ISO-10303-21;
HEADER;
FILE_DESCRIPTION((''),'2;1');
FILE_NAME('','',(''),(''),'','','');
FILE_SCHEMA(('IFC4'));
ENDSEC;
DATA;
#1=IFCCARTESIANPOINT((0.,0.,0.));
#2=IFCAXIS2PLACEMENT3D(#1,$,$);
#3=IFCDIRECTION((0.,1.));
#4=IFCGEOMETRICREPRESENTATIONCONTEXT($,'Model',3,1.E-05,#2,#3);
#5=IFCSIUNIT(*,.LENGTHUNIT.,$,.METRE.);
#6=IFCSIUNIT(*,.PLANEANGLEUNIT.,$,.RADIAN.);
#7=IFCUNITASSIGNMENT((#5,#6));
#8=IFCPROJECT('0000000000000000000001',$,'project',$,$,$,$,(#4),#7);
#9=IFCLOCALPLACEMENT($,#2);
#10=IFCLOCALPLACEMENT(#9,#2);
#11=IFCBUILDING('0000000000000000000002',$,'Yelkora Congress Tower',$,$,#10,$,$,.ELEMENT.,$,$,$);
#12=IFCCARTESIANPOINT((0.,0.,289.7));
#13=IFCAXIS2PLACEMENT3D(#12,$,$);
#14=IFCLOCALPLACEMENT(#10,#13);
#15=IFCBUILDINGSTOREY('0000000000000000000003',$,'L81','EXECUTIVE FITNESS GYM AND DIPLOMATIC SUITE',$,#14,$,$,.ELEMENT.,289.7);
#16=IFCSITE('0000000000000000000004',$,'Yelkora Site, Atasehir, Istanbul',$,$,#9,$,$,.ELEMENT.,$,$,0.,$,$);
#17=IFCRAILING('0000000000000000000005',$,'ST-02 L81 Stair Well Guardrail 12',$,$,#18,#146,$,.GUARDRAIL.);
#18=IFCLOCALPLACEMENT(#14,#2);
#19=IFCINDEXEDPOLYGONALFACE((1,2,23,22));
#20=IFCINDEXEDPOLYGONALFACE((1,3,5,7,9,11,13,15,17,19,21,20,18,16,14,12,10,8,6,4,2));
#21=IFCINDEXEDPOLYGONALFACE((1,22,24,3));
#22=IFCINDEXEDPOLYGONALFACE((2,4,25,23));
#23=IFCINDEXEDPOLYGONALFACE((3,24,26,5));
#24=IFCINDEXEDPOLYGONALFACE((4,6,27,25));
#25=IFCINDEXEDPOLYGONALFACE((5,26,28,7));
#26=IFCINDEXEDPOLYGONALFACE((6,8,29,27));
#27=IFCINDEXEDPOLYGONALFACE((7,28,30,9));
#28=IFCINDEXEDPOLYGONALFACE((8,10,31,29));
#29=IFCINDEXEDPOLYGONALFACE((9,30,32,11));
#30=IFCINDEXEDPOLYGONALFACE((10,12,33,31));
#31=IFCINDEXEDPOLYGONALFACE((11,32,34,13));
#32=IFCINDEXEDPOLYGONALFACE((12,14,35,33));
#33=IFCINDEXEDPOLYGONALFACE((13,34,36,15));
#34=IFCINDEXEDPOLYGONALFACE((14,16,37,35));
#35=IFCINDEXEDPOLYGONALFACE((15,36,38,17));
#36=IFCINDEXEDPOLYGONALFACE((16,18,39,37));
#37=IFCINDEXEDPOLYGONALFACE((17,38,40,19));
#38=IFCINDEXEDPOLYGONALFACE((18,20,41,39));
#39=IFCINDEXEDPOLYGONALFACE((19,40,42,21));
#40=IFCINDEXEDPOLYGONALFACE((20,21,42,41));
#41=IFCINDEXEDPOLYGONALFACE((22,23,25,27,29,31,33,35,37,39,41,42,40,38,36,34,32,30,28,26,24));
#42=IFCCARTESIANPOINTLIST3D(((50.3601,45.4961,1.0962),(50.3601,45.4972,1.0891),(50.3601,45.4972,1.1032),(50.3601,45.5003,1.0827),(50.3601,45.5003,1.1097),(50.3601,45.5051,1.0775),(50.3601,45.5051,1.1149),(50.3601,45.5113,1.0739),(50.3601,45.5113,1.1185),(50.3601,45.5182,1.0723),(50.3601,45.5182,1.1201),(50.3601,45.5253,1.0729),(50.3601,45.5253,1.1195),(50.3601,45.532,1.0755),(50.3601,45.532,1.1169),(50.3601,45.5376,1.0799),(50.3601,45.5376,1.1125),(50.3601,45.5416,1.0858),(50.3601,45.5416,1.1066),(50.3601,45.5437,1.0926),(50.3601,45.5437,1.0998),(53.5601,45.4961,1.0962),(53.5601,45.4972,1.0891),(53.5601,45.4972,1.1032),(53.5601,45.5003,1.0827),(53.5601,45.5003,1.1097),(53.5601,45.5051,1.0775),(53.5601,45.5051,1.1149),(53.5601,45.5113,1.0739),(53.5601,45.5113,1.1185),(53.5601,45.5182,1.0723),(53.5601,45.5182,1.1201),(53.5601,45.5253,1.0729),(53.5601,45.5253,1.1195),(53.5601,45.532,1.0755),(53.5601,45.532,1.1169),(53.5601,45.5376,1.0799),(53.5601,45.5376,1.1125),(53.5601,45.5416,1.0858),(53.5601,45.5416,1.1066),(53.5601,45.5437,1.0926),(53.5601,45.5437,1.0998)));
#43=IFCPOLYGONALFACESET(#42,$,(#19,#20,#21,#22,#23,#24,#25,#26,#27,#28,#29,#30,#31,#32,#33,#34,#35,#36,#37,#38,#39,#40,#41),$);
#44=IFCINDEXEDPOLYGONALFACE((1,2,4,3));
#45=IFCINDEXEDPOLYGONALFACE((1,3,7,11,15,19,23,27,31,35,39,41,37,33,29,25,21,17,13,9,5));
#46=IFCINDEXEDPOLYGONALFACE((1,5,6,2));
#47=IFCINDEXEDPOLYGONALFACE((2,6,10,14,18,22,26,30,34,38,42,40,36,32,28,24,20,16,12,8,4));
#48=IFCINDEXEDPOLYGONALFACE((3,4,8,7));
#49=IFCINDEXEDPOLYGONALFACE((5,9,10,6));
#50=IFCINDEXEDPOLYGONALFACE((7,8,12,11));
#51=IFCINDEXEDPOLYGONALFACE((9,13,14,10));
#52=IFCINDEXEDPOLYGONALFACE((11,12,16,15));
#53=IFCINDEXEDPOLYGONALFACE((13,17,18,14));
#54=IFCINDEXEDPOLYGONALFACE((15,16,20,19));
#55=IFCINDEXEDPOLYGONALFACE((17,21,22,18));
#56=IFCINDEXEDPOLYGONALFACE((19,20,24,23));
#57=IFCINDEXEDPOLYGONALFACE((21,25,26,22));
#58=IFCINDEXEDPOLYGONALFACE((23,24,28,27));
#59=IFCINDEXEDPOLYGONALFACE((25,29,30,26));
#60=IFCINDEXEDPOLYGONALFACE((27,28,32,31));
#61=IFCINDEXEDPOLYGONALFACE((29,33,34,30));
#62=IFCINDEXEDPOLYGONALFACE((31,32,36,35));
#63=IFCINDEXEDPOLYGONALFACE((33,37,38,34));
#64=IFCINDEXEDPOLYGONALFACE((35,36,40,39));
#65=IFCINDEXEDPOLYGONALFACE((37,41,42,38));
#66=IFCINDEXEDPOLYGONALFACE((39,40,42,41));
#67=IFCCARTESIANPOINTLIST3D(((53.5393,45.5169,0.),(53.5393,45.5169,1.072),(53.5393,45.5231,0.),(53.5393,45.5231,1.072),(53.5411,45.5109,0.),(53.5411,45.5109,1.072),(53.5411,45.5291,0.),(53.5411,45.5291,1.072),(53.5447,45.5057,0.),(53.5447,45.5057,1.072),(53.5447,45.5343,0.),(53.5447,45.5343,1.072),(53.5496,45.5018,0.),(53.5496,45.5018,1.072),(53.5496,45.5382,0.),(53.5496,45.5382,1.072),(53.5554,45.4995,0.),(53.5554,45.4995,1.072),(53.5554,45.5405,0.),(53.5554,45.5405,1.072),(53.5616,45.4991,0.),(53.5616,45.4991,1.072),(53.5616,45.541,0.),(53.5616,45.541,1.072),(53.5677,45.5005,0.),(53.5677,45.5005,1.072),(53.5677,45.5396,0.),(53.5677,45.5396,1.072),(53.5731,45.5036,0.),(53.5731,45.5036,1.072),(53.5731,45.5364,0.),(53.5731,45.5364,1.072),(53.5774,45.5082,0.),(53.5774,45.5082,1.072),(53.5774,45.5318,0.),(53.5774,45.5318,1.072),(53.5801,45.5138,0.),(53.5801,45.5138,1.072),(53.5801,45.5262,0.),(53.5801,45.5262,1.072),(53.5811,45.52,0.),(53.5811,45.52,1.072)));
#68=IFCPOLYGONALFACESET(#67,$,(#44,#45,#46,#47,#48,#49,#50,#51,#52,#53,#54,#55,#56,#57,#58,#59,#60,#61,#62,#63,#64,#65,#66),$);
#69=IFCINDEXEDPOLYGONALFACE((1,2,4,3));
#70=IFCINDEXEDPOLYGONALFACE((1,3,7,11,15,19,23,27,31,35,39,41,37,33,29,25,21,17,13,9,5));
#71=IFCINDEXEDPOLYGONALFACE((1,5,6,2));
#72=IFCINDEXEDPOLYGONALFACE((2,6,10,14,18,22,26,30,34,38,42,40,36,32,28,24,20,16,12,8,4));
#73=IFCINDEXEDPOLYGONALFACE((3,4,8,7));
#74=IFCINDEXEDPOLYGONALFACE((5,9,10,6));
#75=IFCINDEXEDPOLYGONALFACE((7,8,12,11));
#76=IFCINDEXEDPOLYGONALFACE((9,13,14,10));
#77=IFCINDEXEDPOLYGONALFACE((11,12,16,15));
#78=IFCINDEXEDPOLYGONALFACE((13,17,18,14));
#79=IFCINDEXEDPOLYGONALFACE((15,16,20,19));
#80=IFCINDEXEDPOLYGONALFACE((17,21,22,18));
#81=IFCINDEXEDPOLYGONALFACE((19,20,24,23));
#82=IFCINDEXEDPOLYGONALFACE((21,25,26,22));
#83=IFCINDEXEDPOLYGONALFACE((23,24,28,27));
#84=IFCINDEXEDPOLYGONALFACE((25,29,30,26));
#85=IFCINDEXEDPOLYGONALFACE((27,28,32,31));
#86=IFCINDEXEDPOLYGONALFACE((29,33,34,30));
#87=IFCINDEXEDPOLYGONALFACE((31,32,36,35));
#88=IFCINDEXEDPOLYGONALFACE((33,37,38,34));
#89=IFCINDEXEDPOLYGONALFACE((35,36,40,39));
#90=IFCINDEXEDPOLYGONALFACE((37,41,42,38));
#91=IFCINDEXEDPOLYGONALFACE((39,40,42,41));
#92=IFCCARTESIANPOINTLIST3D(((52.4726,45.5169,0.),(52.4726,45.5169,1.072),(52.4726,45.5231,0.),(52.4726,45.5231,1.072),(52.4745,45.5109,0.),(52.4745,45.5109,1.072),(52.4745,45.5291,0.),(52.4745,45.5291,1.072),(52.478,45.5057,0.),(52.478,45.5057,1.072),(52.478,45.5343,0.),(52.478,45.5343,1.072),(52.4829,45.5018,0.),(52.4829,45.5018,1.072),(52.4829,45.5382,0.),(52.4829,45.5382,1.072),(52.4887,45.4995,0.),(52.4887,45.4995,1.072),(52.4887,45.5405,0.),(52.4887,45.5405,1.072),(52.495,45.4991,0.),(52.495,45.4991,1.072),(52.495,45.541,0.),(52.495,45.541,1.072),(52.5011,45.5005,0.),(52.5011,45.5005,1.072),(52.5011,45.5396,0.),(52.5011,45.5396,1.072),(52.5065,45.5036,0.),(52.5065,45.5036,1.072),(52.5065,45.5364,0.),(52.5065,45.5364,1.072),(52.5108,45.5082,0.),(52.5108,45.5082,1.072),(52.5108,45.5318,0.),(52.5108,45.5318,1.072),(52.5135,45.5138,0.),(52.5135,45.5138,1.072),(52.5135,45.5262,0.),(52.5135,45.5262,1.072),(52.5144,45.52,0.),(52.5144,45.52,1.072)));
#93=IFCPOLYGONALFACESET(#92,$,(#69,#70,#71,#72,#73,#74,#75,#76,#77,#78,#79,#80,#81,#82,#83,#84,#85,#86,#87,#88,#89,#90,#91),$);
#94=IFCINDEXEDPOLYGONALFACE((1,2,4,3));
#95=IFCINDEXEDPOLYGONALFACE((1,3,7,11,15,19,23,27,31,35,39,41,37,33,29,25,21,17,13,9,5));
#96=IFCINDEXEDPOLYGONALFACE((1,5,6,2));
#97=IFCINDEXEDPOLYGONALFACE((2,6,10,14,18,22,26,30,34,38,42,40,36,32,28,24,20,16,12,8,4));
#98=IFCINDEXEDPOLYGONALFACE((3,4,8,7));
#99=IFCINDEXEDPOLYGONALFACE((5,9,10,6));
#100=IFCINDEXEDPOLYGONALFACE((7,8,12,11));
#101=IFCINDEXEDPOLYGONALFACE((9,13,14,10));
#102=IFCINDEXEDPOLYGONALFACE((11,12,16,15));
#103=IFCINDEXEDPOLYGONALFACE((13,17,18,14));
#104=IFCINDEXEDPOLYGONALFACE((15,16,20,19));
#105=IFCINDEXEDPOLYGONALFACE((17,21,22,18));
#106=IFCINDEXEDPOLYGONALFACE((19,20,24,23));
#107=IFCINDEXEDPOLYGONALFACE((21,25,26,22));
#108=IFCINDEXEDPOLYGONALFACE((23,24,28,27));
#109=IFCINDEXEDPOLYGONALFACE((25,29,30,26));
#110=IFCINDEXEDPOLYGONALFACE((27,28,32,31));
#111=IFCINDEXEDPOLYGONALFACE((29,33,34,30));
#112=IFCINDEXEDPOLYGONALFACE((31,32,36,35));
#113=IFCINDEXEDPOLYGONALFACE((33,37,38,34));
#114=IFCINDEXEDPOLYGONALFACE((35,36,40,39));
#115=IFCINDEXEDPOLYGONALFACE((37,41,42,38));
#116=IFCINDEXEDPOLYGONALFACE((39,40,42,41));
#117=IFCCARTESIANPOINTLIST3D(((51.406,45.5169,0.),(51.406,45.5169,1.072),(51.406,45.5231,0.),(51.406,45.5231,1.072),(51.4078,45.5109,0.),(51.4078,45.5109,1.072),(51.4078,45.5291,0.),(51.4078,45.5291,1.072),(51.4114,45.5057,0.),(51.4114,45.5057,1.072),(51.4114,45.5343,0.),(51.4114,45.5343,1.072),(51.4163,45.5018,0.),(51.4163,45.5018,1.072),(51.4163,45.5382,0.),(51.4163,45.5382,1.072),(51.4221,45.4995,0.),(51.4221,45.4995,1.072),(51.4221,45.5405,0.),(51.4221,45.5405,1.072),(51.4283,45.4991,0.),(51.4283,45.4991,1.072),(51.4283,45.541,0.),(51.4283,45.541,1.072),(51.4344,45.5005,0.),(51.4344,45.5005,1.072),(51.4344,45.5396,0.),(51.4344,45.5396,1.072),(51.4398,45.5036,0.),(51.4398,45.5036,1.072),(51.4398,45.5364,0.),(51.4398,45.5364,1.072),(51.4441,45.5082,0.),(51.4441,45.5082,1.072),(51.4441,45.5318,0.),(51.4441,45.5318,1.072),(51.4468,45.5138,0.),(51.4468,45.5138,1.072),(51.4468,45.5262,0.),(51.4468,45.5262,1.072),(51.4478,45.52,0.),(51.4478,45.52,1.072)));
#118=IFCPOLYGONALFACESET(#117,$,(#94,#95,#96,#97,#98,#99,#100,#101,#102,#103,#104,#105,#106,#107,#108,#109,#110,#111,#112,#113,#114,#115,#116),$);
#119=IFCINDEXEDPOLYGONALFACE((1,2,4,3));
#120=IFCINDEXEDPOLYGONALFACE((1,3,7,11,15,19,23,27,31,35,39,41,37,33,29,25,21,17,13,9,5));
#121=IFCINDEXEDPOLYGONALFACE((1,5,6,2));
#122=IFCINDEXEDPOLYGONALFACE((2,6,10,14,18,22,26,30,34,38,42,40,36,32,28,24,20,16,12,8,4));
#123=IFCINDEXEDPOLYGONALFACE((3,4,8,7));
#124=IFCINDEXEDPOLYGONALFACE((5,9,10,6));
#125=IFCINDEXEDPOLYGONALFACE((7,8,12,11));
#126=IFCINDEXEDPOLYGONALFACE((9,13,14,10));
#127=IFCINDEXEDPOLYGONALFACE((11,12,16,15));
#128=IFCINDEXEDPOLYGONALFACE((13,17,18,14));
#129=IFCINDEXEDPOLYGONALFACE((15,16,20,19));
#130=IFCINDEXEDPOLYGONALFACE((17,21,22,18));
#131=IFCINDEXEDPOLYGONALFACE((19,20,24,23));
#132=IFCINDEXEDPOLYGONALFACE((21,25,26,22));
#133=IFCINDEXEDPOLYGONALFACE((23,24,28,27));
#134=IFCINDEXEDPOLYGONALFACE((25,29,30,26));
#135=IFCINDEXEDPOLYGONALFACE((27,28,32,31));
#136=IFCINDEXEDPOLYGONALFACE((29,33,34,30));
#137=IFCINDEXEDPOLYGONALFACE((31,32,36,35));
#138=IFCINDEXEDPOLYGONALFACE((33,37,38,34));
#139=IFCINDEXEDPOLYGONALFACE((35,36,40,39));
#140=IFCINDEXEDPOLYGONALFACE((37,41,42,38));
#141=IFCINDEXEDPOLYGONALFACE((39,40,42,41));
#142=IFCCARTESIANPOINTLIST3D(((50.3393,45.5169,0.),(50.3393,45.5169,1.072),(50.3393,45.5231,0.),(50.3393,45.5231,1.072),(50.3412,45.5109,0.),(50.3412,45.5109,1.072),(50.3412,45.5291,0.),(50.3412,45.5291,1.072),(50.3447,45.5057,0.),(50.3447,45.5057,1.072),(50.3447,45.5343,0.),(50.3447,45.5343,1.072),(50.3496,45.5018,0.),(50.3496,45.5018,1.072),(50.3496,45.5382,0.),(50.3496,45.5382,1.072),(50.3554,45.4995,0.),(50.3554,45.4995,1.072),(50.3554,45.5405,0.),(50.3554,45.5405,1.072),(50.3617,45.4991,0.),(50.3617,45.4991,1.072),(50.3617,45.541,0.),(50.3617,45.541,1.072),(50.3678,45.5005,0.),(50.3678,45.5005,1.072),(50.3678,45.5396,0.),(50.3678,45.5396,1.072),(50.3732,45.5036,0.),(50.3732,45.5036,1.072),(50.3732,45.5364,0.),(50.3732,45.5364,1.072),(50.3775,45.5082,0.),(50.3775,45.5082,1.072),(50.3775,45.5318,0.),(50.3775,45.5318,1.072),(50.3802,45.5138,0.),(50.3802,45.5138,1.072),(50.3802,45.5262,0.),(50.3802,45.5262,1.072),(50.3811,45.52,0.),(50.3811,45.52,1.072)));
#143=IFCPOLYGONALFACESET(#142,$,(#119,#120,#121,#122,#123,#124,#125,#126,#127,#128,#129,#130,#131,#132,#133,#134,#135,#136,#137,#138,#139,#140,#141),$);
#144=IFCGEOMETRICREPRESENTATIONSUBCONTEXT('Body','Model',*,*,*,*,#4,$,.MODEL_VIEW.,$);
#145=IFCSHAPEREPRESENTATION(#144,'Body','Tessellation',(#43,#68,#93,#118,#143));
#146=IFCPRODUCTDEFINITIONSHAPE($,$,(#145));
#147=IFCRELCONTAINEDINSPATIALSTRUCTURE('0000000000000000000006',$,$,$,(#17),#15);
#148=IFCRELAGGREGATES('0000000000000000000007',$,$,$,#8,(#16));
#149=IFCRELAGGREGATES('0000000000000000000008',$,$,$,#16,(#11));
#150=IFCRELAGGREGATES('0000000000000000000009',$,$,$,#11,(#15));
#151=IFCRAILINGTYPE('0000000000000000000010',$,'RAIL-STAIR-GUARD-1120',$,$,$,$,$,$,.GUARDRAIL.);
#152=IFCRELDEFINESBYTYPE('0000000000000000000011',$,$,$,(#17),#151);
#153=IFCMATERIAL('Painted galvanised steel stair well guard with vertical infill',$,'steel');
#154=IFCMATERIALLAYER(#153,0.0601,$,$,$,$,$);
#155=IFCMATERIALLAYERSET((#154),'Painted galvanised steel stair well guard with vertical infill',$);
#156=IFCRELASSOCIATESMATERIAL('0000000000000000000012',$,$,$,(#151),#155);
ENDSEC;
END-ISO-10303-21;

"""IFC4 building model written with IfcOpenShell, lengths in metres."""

from ifc_helpers import new_model, si_unit, direction, frame, origin, origin_2d, place, context, subcontext, project, spatial, circle, extrude, material, layer, layer_set, type_object, element, save


model = new_model("IFC4")

# Units and contexts
model_context = context("Model", 3, precision=1e-05, world=origin(), true_north=direction((0.0, 1.0)))
body_context = subcontext(model_context, "Body", "Model", "MODEL_VIEW")
ifc_project = project(units=[si_unit("LENGTHUNIT", "METRE"), si_unit("PLANEANGLEUNIT", "RADIAN")], contexts=[model_context])

# Site, building, storey
site_placement = place(None, origin())
site = spatial("IfcSite", under=ifc_project, at=site_placement, Name="Yelkora Site, Atasehir, Istanbul", CompositionType="ELEMENT", RefElevation=0.0)
building_placement = place(site_placement, origin())
building = spatial("IfcBuilding", under=site, at=building_placement, Name="Yelkora Congress Tower", CompositionType="ELEMENT")
storey_placement = place(building_placement, frame((0.0, 0.0, 289.7)))
storey = spatial("IfcBuildingStorey", under=building, at=storey_placement, Name="L81", Description="EXECUTIVE FITNESS GYM AND DIPLOMATIC SUITE", CompositionType="ELEMENT", Elevation=289.7)

# Railing
ifc_material_1 = material(Name="Painted galvanised steel stair well guard with vertical infill", Category="steel")
ifc_layer_1 = layer(ifc_material_1, 0.0601)
ifc_layer_set_1 = layer_set([ifc_layer_1], Name="Painted galvanised steel stair well guard with vertical infill")
railing_type = type_object("IfcRailingType", Name="RAIL-STAIR-GUARD-1120", PredefinedType="GUARDRAIL", material=ifc_layer_set_1)
railing_1_placement = place(storey_placement, frame((53.5601, 45.52, 0.0)))
element("IfcRailing", 1, at=railing_1_placement, inside=storey, type_object=railing_type, Name="ST-02 L81 Stair Well Guardrail 12", PredefinedType="GUARDRAIL", context=body_context, shape_type="SweptSolid", body=[
    extrude(circle(Radius=0.0239, at=origin_2d()), frame((0.0, 0.0, 1.0962), z_axis=(-1.0, 0.0, 0.0), x_axis=(0.0, -1.0, 0.0)), (0.0, 0.0, 1.0), 3.2),
    extrude(circle(Radius=0.021, at=origin_2d()), origin(), (0.0, 0.0, 1.0), 1.072),
    extrude(circle(Radius=0.021, at=origin_2d()), frame((-1.0667, 0.0, 0.0)), (0.0, 0.0, 1.0), 1.072),
    extrude(circle(Radius=0.021, at=origin_2d()), frame((-2.1333, 0.0, 0.0)), (0.0, 0.0, 1.0), 1.072),
    extrude(circle(Radius=0.021, at=origin_2d()), frame((-3.2, 0.0, 0.0)), (0.0, 0.0, 1.0), 1.072),
])

save(model, "model.ifc")
